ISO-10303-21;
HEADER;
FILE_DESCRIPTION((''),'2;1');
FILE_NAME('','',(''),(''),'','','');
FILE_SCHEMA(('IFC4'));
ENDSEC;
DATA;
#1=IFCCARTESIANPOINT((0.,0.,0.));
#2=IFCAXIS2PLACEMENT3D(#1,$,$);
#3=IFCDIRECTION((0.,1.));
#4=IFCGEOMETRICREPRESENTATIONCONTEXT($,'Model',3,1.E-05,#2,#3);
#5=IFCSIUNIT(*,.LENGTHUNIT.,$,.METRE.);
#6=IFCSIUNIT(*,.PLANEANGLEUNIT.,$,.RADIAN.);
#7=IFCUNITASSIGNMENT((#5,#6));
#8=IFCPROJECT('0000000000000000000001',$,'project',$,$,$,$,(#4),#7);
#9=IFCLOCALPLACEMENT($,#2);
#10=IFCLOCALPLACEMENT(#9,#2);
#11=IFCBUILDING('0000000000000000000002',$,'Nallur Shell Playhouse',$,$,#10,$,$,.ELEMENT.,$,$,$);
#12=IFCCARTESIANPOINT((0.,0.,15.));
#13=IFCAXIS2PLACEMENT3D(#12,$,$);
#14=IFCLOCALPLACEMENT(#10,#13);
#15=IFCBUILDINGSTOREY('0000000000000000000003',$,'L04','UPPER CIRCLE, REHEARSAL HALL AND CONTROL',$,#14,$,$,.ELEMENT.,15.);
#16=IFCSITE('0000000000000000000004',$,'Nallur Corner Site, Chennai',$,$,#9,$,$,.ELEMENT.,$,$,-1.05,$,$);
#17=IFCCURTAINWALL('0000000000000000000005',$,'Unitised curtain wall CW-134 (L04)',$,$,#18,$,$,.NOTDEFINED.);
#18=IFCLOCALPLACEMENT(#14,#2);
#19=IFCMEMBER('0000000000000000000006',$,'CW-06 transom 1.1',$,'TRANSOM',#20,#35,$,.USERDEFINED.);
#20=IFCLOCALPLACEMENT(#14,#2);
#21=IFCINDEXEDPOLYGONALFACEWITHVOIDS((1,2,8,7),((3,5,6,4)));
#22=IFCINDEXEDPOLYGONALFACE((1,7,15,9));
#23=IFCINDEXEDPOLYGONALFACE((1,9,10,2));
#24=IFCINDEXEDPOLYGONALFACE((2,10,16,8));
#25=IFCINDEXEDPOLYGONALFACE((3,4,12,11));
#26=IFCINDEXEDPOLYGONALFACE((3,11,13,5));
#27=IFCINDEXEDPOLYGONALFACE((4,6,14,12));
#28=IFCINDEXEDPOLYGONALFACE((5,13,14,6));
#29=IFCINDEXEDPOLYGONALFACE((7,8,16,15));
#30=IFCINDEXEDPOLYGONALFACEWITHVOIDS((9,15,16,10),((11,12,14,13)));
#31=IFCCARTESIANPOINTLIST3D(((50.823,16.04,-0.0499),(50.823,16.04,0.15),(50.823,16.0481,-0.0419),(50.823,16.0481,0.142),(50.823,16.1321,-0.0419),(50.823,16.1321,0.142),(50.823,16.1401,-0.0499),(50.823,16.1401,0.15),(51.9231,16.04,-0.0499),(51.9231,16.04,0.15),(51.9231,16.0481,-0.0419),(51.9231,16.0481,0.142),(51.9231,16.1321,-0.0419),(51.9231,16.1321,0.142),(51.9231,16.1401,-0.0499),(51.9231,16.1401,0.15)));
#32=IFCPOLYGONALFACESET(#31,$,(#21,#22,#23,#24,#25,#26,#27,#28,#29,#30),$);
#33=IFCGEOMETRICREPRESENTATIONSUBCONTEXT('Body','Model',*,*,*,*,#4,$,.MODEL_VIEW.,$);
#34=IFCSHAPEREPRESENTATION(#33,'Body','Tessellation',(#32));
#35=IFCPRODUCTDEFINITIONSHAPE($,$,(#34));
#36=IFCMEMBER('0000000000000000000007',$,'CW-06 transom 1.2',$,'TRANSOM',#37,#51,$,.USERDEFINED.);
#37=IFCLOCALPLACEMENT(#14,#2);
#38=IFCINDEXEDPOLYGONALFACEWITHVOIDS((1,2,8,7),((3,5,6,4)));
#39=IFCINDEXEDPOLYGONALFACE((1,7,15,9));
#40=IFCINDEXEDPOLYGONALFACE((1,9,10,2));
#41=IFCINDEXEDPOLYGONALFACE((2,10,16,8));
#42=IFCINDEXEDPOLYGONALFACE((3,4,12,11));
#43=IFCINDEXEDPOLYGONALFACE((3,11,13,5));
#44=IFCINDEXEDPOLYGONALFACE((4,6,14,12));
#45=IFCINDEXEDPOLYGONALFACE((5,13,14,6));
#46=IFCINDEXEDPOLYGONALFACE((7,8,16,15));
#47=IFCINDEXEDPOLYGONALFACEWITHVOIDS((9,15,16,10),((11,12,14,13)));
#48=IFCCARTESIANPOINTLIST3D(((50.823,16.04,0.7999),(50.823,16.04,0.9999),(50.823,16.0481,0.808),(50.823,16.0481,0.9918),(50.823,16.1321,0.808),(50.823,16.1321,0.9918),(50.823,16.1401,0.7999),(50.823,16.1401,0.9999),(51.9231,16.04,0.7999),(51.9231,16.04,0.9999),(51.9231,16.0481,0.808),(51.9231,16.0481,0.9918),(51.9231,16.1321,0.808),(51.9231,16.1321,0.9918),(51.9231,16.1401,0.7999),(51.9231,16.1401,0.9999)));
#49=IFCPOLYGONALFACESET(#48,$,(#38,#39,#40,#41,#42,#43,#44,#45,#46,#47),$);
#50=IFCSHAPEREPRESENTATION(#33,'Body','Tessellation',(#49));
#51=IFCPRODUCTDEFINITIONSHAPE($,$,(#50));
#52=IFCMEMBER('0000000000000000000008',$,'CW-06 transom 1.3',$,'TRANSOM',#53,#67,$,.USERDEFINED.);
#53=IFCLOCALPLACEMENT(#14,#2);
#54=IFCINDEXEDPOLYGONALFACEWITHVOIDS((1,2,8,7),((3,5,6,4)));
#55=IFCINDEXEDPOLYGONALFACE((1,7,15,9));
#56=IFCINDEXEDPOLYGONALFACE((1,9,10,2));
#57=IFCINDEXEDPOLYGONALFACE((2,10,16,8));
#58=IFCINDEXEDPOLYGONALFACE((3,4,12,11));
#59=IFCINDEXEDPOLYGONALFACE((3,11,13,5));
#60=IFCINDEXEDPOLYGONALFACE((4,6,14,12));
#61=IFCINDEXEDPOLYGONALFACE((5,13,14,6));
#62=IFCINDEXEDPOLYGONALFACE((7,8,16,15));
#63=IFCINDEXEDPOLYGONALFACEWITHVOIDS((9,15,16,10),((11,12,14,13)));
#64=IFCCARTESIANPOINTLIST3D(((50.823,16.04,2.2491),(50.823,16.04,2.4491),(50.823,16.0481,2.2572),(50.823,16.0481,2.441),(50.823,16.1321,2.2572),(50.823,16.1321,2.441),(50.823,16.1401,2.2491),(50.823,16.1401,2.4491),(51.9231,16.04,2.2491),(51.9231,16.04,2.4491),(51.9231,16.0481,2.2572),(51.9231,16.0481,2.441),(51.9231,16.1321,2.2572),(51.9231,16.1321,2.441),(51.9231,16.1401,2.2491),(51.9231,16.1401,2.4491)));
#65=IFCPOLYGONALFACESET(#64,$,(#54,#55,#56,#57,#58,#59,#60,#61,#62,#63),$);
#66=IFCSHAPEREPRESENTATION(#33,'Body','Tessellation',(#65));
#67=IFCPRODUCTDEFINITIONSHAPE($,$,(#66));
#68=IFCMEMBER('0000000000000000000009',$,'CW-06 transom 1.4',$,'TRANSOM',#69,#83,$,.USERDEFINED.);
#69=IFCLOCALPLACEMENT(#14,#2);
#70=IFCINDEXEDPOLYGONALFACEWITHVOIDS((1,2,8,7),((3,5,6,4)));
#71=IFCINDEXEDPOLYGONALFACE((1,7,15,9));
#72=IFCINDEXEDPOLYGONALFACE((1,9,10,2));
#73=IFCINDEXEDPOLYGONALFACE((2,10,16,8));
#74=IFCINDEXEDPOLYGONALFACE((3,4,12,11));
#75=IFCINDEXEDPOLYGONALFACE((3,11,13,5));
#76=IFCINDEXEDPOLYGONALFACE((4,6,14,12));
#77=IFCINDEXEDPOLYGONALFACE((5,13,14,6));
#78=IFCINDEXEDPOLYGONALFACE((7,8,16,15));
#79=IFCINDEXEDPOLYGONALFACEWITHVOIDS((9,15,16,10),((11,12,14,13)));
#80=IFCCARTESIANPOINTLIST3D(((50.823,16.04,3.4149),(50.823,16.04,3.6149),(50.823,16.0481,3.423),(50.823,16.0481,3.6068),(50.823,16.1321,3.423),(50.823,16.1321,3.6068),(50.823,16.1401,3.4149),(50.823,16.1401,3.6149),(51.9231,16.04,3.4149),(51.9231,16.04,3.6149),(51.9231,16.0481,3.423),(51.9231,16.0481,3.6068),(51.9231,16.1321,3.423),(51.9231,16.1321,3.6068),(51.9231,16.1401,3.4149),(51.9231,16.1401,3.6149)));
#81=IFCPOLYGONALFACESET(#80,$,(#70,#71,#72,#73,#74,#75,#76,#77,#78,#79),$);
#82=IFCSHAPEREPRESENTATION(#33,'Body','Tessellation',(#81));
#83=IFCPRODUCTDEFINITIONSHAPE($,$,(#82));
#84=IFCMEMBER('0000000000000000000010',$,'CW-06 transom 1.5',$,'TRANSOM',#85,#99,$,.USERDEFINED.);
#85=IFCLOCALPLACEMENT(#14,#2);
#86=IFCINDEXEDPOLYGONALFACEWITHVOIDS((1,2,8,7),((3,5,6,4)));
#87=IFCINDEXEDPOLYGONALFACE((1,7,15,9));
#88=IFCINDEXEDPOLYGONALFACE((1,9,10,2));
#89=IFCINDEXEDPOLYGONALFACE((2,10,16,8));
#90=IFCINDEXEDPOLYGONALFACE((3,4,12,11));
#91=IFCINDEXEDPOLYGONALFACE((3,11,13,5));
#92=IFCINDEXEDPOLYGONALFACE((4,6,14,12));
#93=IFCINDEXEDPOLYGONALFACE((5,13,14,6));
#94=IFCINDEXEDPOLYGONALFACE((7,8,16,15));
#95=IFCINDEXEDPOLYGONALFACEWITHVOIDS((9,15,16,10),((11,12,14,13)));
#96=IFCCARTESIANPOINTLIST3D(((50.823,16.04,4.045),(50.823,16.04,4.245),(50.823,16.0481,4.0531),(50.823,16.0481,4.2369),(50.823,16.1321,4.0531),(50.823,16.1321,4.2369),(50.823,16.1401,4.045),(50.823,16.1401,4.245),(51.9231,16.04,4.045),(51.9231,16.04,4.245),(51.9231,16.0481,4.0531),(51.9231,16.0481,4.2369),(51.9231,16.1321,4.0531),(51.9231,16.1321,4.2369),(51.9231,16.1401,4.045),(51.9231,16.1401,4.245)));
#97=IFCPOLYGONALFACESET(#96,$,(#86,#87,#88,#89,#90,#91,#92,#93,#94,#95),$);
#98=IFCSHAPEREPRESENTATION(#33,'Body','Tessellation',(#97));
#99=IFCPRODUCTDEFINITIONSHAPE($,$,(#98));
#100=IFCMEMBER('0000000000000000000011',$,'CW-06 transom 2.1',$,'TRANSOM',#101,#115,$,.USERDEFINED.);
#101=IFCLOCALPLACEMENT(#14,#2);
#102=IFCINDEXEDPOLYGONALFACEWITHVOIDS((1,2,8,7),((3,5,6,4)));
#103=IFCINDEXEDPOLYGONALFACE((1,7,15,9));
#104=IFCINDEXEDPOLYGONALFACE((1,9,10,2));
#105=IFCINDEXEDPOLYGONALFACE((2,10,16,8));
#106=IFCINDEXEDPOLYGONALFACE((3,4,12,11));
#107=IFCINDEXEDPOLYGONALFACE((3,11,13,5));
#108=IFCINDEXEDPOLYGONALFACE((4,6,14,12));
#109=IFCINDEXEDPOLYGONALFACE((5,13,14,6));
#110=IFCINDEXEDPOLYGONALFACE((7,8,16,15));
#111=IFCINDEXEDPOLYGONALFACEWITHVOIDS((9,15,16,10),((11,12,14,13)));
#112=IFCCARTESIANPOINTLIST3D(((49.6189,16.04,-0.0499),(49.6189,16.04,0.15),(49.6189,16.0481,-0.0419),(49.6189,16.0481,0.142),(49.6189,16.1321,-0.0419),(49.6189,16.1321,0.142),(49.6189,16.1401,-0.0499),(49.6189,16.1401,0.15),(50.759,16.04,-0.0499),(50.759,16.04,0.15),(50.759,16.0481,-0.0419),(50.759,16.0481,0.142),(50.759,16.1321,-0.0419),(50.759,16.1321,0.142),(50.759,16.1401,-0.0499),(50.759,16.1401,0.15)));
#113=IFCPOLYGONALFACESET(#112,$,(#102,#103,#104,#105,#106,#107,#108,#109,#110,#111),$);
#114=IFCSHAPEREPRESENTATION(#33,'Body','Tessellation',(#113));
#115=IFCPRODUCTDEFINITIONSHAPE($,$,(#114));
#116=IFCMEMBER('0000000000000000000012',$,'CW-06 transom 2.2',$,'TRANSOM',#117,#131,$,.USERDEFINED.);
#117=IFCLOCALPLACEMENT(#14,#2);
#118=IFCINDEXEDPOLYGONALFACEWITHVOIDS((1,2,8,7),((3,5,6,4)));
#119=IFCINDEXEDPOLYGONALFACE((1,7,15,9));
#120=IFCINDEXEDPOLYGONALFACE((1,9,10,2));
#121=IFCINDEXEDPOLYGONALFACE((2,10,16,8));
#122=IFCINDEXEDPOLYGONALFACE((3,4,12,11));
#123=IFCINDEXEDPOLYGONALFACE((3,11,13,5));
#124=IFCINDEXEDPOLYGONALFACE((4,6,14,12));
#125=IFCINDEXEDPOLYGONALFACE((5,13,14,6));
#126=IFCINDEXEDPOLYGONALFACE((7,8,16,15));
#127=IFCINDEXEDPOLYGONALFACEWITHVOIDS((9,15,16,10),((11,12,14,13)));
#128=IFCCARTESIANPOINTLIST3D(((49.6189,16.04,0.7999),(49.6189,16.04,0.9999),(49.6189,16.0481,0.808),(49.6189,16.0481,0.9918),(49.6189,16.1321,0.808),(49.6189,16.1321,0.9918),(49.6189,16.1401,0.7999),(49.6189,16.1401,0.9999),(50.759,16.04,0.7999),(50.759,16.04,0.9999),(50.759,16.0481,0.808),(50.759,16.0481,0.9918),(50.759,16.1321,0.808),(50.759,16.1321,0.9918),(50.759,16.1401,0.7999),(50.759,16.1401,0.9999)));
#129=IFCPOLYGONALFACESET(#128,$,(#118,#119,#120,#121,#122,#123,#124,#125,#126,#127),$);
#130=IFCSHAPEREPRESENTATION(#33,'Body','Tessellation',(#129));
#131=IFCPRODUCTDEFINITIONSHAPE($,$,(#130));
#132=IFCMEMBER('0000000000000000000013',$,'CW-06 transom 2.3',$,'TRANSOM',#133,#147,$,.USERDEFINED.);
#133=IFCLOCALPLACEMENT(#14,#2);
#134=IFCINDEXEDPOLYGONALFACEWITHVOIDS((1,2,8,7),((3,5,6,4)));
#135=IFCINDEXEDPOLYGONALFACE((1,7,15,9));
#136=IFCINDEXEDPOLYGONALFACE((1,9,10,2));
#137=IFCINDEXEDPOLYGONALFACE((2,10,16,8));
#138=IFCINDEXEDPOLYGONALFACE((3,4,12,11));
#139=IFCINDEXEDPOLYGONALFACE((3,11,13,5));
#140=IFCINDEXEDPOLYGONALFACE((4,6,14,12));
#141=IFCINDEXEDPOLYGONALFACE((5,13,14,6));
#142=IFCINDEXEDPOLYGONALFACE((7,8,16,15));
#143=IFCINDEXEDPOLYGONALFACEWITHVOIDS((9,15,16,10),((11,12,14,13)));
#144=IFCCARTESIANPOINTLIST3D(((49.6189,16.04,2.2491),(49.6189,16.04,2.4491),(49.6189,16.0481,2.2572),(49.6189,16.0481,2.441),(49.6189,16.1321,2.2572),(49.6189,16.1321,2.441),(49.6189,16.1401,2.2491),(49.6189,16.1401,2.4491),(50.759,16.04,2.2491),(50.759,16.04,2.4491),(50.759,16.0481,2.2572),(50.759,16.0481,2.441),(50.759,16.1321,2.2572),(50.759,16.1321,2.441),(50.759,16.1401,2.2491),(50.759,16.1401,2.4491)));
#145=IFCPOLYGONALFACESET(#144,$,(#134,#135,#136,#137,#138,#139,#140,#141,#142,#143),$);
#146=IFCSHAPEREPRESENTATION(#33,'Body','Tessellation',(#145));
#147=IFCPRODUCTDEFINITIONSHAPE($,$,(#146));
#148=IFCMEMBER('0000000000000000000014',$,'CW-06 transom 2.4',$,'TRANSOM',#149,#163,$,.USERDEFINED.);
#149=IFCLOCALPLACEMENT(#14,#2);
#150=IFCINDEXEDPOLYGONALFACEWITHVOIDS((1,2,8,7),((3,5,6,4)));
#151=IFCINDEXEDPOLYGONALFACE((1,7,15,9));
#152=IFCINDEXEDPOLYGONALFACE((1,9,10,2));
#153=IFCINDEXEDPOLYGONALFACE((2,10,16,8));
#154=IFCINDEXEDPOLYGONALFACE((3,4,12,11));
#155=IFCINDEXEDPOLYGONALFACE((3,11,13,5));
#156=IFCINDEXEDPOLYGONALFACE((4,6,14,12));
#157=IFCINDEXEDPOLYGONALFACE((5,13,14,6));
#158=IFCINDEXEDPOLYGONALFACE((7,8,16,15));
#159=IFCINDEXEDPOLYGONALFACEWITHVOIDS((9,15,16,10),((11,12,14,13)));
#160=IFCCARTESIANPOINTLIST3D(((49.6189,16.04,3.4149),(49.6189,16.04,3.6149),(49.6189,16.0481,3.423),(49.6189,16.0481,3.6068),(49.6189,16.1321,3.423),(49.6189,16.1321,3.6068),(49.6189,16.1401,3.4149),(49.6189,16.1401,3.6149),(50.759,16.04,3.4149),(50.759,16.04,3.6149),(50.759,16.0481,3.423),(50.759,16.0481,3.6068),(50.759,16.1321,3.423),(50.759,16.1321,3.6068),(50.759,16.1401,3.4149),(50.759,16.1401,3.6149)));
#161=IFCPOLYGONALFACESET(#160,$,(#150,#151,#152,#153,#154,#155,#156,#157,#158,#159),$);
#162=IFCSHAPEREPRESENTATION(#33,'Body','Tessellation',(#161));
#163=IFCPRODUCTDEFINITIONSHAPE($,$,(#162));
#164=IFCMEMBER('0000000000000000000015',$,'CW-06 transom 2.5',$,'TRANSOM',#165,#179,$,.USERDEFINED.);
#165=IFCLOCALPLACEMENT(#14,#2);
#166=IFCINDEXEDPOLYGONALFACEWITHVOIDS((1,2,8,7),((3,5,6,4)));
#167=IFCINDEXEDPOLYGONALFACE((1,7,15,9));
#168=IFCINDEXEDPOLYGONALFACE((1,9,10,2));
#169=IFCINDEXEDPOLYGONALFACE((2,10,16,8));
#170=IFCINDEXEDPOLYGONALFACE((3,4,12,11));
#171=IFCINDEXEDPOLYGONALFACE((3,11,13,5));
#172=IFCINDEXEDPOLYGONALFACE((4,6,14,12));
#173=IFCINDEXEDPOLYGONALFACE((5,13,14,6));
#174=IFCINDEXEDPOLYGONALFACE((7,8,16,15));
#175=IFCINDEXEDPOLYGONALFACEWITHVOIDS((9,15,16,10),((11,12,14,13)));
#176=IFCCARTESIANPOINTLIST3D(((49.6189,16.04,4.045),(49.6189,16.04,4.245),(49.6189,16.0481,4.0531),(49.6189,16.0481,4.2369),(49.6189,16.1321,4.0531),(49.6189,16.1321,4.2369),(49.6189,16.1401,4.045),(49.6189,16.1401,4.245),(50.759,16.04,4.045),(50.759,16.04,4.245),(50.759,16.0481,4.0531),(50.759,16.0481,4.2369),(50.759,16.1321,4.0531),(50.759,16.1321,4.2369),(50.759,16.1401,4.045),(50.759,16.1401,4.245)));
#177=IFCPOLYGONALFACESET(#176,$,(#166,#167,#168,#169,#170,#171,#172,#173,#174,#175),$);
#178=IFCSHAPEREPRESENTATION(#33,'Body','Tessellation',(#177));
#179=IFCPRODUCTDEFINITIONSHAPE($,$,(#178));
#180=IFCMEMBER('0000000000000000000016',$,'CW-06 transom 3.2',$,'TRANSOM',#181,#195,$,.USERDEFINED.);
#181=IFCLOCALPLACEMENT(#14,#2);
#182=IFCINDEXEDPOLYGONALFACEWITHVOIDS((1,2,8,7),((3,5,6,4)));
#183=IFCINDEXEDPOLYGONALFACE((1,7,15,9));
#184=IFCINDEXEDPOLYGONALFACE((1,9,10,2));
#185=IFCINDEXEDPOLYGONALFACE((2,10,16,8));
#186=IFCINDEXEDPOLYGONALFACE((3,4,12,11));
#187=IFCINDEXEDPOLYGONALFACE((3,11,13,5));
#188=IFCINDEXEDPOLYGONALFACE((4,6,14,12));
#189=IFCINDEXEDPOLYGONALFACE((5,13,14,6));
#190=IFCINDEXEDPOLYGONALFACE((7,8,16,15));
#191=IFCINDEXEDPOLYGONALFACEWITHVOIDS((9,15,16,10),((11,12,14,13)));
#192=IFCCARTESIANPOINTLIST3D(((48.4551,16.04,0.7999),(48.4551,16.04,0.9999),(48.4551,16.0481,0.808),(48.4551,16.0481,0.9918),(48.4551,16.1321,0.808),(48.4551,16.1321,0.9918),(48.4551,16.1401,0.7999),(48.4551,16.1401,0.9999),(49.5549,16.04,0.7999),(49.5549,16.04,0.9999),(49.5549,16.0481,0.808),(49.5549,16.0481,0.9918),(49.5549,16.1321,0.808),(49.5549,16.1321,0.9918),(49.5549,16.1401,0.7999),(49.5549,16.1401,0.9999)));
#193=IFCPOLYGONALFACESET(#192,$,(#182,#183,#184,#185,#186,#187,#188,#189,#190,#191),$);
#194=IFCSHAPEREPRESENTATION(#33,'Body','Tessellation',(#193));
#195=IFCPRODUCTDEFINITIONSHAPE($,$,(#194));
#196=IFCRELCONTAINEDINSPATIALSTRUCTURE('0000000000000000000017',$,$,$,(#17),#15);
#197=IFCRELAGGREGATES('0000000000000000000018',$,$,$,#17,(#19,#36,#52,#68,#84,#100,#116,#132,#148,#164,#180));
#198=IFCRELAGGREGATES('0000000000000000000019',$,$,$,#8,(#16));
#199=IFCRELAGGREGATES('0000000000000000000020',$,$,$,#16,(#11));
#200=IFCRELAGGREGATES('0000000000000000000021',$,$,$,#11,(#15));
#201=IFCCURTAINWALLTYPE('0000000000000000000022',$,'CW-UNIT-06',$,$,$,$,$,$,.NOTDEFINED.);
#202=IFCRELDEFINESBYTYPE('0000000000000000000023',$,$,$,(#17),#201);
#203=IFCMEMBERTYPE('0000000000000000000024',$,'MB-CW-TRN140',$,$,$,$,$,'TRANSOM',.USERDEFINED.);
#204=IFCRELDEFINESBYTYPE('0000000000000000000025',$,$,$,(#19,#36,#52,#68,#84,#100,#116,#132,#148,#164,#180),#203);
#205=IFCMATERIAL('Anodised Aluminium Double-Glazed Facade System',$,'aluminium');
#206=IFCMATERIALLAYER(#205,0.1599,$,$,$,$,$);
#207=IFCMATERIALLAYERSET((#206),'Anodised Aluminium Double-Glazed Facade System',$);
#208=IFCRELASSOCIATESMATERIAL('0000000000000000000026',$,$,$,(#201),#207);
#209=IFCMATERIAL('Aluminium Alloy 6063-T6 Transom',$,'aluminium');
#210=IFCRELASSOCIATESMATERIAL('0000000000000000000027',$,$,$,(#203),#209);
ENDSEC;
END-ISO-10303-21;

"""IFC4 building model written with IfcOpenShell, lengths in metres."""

from ifc_helpers import new_model, si_unit, direction, frame, origin, origin_2d, place, context, subcontext, project, spatial, hollow_rectangle, extrude, material, layer, layer_set, material_profile, profile_set, type_object, element, aggregate, save


model = new_model("IFC4")

# Units and contexts
model_context = context("Model", 3, precision=1e-05, world=origin(), true_north=direction((0.0, 1.0)))
body_context = subcontext(model_context, "Body", "Model", "MODEL_VIEW")
ifc_project = project(units=[si_unit("LENGTHUNIT", "METRE"), si_unit("PLANEANGLEUNIT", "RADIAN")], contexts=[model_context])

# Site, building, storey
site_placement = place(None, origin())
site = spatial("IfcSite", under=ifc_project, at=site_placement, Name="Nallur Corner Site, Chennai", CompositionType="ELEMENT", RefElevation=-1.05)
building_placement = place(site_placement, origin())
building = spatial("IfcBuilding", under=site, at=building_placement, Name="Nallur Shell Playhouse", CompositionType="ELEMENT")
storey_placement = place(building_placement, frame((0.0, 0.0, 15.0)))
storey = spatial("IfcBuildingStorey", under=building, at=storey_placement, Name="L04", Description="UPPER CIRCLE, REHEARSAL HALL AND CONTROL", CompositionType="ELEMENT", Elevation=15.0)

# Curtain wall
ifc_material_1 = material(Name="Anodised Aluminium Double-Glazed Facade System", Category="aluminium")
ifc_layer_1 = layer(ifc_material_1, 0.1599)
ifc_layer_set_1 = layer_set([ifc_layer_1], Name="Anodised Aluminium Double-Glazed Facade System")
curtain_wall_type_1 = type_object("IfcCurtainWallType", Name="CW-UNIT-06", PredefinedType="NOTDEFINED", material=ifc_layer_set_1)
curtain_wall_1_placement = place(storey_placement, origin())
curtain_wall_1 = element("IfcCurtainWall", 1, at=curtain_wall_1_placement, inside=storey, type_object=curtain_wall_type_1, Name="Unitised curtain wall CW-134 (L04)", PredefinedType="NOTDEFINED")
ifc_material_2 = material(Name="Aluminium Alloy 6063-T6 Transom", Category="aluminium")

# Members
ifc_material_profile_1 = material_profile(ifc_material_2, hollow_rectangle(XDim=0.1001, YDim=0.2, WallThickness=0.0081, at=origin_2d()), Name="RHS 200x100x8")
ifc_profile_set_1 = profile_set([ifc_material_profile_1], Name="Aluminium Alloy 6063-T6 Transom")
member_type_1 = type_object("IfcMemberType", Name="MB-CW-TRN140", ElementType="TRANSOM", PredefinedType="USERDEFINED", material=ifc_profile_set_1)
member_1_placement = place(storey_placement, frame((51.9231, 16.0901, 0.05), z_axis=(-1.0, 0.0, 0.0), x_axis=(0.0, -1.0, 0.0)))
member_1 = element("IfcMember", 2, at=member_1_placement, type_object=member_type_1, Name="CW-06 transom 1.1", ObjectType="TRANSOM", PredefinedType="USERDEFINED", context=body_context, shape_type="SweptSolid", body=[
    extrude(hollow_rectangle(XDim=0.1001, YDim=0.2, WallThickness=0.0081, at=origin_2d()), origin(), (0.0, 0.0, 1.0), 1.1001),
])
member_2_placement = place(storey_placement, frame((51.9231, 16.0901, 0.8999), z_axis=(-1.0, 0.0, 0.0), x_axis=(0.0, -1.0, 0.0)))
member_2 = element("IfcMember", 3, at=member_2_placement, type_object=member_type_1, Name="CW-06 transom 1.2", ObjectType="TRANSOM", PredefinedType="USERDEFINED", context=body_context, shape_type="SweptSolid", body=[
    extrude(hollow_rectangle(XDim=0.1001, YDim=0.2, WallThickness=0.0081, at=origin_2d()), origin(), (0.0, 0.0, 1.0), 1.1001),
])
member_3_placement = place(storey_placement, frame((51.9231, 16.0901, 2.3491), z_axis=(-1.0, 0.0, 0.0), x_axis=(0.0, -1.0, 0.0)))
member_3 = element("IfcMember", 4, at=member_3_placement, type_object=member_type_1, Name="CW-06 transom 1.3", ObjectType="TRANSOM", PredefinedType="USERDEFINED", context=body_context, shape_type="SweptSolid", body=[
    extrude(hollow_rectangle(XDim=0.1001, YDim=0.2, WallThickness=0.0081, at=origin_2d()), origin(), (0.0, 0.0, 1.0), 1.1001),
])
member_4_placement = place(storey_placement, frame((51.9231, 16.0901, 3.5149), z_axis=(-1.0, 0.0, 0.0), x_axis=(0.0, -1.0, 0.0)))
member_4 = element("IfcMember", 5, at=member_4_placement, type_object=member_type_1, Name="CW-06 transom 1.4", ObjectType="TRANSOM", PredefinedType="USERDEFINED", context=body_context, shape_type="SweptSolid", body=[
    extrude(hollow_rectangle(XDim=0.1001, YDim=0.2, WallThickness=0.0081, at=origin_2d()), origin(), (0.0, 0.0, 1.0), 1.1001),
])
member_5_placement = place(storey_placement, frame((51.9231, 16.0901, 4.145), z_axis=(-1.0, 0.0, 0.0), x_axis=(0.0, -1.0, 0.0)))
member_5 = element("IfcMember", 6, at=member_5_placement, type_object=member_type_1, Name="CW-06 transom 1.5", ObjectType="TRANSOM", PredefinedType="USERDEFINED", context=body_context, shape_type="SweptSolid", body=[
    extrude(hollow_rectangle(XDim=0.1001, YDim=0.2, WallThickness=0.0081, at=origin_2d()), origin(), (0.0, 0.0, 1.0), 1.1001),
])
member_6_placement = place(storey_placement, frame((50.759, 16.0901, 0.05), z_axis=(-1.0, 0.0, 0.0), x_axis=(0.0, -1.0, 0.0)))
member_6 = element("IfcMember", 7, at=member_6_placement, type_object=member_type_1, Name="CW-06 transom 2.1", ObjectType="TRANSOM", PredefinedType="USERDEFINED", context=body_context, shape_type="SweptSolid", body=[
    extrude(hollow_rectangle(XDim=0.1001, YDim=0.2, WallThickness=0.0081, at=origin_2d()), origin(), (0.0, 0.0, 1.0), 1.1401),
])
member_7_placement = place(storey_placement, frame((50.759, 16.0901, 0.8999), z_axis=(-1.0, 0.0, 0.0), x_axis=(0.0, -1.0, 0.0)))
member_7 = element("IfcMember", 8, at=member_7_placement, type_object=member_type_1, Name="CW-06 transom 2.2", ObjectType="TRANSOM", PredefinedType="USERDEFINED", context=body_context, shape_type="SweptSolid", body=[
    extrude(hollow_rectangle(XDim=0.1001, YDim=0.2, WallThickness=0.0081, at=origin_2d()), origin(), (0.0, 0.0, 1.0), 1.1401),
])
member_8_placement = place(storey_placement, frame((50.759, 16.0901, 2.3491), z_axis=(-1.0, 0.0, 0.0), x_axis=(0.0, -1.0, 0.0)))
member_8 = element("IfcMember", 9, at=member_8_placement, type_object=member_type_1, Name="CW-06 transom 2.3", ObjectType="TRANSOM", PredefinedType="USERDEFINED", context=body_context, shape_type="SweptSolid", body=[
    extrude(hollow_rectangle(XDim=0.1001, YDim=0.2, WallThickness=0.0081, at=origin_2d()), origin(), (0.0, 0.0, 1.0), 1.1401),
])
member_9_placement = place(storey_placement, frame((50.759, 16.0901, 3.5149), z_axis=(-1.0, 0.0, 0.0), x_axis=(0.0, -1.0, 0.0)))
member_9 = element("IfcMember", 10, at=member_9_placement, type_object=member_type_1, Name="CW-06 transom 2.4", ObjectType="TRANSOM", PredefinedType="USERDEFINED", context=body_context, shape_type="SweptSolid", body=[
    extrude(hollow_rectangle(XDim=0.1001, YDim=0.2, WallThickness=0.0081, at=origin_2d()), origin(), (0.0, 0.0, 1.0), 1.1401),
])
member_10_placement = place(storey_placement, frame((50.759, 16.0901, 4.145), z_axis=(-1.0, 0.0, 0.0), x_axis=(0.0, -1.0, 0.0)))
member_10 = element("IfcMember", 11, at=member_10_placement, type_object=member_type_1, Name="CW-06 transom 2.5", ObjectType="TRANSOM", PredefinedType="USERDEFINED", context=body_context, shape_type="SweptSolid", body=[
    extrude(hollow_rectangle(XDim=0.1001, YDim=0.2, WallThickness=0.0081, at=origin_2d()), origin(), (0.0, 0.0, 1.0), 1.1401),
])
member_11_placement = place(storey_placement, frame((49.5549, 16.0901, 0.8999), z_axis=(-1.0, 0.0, 0.0), x_axis=(0.0, -1.0, 0.0)))
member_11 = element("IfcMember", 12, at=member_11_placement, type_object=member_type_1, Name="CW-06 transom 3.2", ObjectType="TRANSOM", PredefinedType="USERDEFINED", context=body_context, shape_type="SweptSolid", body=[
    extrude(hollow_rectangle(XDim=0.1001, YDim=0.2, WallThickness=0.0081, at=origin_2d()), origin(), (0.0, 0.0, 1.0), 1.0999),
])

aggregate(curtain_wall_1, [member_1, member_2, member_3, member_4, member_5, member_6, member_7, member_8, member_9, member_10, member_11])

save(model, "model.ifc")
